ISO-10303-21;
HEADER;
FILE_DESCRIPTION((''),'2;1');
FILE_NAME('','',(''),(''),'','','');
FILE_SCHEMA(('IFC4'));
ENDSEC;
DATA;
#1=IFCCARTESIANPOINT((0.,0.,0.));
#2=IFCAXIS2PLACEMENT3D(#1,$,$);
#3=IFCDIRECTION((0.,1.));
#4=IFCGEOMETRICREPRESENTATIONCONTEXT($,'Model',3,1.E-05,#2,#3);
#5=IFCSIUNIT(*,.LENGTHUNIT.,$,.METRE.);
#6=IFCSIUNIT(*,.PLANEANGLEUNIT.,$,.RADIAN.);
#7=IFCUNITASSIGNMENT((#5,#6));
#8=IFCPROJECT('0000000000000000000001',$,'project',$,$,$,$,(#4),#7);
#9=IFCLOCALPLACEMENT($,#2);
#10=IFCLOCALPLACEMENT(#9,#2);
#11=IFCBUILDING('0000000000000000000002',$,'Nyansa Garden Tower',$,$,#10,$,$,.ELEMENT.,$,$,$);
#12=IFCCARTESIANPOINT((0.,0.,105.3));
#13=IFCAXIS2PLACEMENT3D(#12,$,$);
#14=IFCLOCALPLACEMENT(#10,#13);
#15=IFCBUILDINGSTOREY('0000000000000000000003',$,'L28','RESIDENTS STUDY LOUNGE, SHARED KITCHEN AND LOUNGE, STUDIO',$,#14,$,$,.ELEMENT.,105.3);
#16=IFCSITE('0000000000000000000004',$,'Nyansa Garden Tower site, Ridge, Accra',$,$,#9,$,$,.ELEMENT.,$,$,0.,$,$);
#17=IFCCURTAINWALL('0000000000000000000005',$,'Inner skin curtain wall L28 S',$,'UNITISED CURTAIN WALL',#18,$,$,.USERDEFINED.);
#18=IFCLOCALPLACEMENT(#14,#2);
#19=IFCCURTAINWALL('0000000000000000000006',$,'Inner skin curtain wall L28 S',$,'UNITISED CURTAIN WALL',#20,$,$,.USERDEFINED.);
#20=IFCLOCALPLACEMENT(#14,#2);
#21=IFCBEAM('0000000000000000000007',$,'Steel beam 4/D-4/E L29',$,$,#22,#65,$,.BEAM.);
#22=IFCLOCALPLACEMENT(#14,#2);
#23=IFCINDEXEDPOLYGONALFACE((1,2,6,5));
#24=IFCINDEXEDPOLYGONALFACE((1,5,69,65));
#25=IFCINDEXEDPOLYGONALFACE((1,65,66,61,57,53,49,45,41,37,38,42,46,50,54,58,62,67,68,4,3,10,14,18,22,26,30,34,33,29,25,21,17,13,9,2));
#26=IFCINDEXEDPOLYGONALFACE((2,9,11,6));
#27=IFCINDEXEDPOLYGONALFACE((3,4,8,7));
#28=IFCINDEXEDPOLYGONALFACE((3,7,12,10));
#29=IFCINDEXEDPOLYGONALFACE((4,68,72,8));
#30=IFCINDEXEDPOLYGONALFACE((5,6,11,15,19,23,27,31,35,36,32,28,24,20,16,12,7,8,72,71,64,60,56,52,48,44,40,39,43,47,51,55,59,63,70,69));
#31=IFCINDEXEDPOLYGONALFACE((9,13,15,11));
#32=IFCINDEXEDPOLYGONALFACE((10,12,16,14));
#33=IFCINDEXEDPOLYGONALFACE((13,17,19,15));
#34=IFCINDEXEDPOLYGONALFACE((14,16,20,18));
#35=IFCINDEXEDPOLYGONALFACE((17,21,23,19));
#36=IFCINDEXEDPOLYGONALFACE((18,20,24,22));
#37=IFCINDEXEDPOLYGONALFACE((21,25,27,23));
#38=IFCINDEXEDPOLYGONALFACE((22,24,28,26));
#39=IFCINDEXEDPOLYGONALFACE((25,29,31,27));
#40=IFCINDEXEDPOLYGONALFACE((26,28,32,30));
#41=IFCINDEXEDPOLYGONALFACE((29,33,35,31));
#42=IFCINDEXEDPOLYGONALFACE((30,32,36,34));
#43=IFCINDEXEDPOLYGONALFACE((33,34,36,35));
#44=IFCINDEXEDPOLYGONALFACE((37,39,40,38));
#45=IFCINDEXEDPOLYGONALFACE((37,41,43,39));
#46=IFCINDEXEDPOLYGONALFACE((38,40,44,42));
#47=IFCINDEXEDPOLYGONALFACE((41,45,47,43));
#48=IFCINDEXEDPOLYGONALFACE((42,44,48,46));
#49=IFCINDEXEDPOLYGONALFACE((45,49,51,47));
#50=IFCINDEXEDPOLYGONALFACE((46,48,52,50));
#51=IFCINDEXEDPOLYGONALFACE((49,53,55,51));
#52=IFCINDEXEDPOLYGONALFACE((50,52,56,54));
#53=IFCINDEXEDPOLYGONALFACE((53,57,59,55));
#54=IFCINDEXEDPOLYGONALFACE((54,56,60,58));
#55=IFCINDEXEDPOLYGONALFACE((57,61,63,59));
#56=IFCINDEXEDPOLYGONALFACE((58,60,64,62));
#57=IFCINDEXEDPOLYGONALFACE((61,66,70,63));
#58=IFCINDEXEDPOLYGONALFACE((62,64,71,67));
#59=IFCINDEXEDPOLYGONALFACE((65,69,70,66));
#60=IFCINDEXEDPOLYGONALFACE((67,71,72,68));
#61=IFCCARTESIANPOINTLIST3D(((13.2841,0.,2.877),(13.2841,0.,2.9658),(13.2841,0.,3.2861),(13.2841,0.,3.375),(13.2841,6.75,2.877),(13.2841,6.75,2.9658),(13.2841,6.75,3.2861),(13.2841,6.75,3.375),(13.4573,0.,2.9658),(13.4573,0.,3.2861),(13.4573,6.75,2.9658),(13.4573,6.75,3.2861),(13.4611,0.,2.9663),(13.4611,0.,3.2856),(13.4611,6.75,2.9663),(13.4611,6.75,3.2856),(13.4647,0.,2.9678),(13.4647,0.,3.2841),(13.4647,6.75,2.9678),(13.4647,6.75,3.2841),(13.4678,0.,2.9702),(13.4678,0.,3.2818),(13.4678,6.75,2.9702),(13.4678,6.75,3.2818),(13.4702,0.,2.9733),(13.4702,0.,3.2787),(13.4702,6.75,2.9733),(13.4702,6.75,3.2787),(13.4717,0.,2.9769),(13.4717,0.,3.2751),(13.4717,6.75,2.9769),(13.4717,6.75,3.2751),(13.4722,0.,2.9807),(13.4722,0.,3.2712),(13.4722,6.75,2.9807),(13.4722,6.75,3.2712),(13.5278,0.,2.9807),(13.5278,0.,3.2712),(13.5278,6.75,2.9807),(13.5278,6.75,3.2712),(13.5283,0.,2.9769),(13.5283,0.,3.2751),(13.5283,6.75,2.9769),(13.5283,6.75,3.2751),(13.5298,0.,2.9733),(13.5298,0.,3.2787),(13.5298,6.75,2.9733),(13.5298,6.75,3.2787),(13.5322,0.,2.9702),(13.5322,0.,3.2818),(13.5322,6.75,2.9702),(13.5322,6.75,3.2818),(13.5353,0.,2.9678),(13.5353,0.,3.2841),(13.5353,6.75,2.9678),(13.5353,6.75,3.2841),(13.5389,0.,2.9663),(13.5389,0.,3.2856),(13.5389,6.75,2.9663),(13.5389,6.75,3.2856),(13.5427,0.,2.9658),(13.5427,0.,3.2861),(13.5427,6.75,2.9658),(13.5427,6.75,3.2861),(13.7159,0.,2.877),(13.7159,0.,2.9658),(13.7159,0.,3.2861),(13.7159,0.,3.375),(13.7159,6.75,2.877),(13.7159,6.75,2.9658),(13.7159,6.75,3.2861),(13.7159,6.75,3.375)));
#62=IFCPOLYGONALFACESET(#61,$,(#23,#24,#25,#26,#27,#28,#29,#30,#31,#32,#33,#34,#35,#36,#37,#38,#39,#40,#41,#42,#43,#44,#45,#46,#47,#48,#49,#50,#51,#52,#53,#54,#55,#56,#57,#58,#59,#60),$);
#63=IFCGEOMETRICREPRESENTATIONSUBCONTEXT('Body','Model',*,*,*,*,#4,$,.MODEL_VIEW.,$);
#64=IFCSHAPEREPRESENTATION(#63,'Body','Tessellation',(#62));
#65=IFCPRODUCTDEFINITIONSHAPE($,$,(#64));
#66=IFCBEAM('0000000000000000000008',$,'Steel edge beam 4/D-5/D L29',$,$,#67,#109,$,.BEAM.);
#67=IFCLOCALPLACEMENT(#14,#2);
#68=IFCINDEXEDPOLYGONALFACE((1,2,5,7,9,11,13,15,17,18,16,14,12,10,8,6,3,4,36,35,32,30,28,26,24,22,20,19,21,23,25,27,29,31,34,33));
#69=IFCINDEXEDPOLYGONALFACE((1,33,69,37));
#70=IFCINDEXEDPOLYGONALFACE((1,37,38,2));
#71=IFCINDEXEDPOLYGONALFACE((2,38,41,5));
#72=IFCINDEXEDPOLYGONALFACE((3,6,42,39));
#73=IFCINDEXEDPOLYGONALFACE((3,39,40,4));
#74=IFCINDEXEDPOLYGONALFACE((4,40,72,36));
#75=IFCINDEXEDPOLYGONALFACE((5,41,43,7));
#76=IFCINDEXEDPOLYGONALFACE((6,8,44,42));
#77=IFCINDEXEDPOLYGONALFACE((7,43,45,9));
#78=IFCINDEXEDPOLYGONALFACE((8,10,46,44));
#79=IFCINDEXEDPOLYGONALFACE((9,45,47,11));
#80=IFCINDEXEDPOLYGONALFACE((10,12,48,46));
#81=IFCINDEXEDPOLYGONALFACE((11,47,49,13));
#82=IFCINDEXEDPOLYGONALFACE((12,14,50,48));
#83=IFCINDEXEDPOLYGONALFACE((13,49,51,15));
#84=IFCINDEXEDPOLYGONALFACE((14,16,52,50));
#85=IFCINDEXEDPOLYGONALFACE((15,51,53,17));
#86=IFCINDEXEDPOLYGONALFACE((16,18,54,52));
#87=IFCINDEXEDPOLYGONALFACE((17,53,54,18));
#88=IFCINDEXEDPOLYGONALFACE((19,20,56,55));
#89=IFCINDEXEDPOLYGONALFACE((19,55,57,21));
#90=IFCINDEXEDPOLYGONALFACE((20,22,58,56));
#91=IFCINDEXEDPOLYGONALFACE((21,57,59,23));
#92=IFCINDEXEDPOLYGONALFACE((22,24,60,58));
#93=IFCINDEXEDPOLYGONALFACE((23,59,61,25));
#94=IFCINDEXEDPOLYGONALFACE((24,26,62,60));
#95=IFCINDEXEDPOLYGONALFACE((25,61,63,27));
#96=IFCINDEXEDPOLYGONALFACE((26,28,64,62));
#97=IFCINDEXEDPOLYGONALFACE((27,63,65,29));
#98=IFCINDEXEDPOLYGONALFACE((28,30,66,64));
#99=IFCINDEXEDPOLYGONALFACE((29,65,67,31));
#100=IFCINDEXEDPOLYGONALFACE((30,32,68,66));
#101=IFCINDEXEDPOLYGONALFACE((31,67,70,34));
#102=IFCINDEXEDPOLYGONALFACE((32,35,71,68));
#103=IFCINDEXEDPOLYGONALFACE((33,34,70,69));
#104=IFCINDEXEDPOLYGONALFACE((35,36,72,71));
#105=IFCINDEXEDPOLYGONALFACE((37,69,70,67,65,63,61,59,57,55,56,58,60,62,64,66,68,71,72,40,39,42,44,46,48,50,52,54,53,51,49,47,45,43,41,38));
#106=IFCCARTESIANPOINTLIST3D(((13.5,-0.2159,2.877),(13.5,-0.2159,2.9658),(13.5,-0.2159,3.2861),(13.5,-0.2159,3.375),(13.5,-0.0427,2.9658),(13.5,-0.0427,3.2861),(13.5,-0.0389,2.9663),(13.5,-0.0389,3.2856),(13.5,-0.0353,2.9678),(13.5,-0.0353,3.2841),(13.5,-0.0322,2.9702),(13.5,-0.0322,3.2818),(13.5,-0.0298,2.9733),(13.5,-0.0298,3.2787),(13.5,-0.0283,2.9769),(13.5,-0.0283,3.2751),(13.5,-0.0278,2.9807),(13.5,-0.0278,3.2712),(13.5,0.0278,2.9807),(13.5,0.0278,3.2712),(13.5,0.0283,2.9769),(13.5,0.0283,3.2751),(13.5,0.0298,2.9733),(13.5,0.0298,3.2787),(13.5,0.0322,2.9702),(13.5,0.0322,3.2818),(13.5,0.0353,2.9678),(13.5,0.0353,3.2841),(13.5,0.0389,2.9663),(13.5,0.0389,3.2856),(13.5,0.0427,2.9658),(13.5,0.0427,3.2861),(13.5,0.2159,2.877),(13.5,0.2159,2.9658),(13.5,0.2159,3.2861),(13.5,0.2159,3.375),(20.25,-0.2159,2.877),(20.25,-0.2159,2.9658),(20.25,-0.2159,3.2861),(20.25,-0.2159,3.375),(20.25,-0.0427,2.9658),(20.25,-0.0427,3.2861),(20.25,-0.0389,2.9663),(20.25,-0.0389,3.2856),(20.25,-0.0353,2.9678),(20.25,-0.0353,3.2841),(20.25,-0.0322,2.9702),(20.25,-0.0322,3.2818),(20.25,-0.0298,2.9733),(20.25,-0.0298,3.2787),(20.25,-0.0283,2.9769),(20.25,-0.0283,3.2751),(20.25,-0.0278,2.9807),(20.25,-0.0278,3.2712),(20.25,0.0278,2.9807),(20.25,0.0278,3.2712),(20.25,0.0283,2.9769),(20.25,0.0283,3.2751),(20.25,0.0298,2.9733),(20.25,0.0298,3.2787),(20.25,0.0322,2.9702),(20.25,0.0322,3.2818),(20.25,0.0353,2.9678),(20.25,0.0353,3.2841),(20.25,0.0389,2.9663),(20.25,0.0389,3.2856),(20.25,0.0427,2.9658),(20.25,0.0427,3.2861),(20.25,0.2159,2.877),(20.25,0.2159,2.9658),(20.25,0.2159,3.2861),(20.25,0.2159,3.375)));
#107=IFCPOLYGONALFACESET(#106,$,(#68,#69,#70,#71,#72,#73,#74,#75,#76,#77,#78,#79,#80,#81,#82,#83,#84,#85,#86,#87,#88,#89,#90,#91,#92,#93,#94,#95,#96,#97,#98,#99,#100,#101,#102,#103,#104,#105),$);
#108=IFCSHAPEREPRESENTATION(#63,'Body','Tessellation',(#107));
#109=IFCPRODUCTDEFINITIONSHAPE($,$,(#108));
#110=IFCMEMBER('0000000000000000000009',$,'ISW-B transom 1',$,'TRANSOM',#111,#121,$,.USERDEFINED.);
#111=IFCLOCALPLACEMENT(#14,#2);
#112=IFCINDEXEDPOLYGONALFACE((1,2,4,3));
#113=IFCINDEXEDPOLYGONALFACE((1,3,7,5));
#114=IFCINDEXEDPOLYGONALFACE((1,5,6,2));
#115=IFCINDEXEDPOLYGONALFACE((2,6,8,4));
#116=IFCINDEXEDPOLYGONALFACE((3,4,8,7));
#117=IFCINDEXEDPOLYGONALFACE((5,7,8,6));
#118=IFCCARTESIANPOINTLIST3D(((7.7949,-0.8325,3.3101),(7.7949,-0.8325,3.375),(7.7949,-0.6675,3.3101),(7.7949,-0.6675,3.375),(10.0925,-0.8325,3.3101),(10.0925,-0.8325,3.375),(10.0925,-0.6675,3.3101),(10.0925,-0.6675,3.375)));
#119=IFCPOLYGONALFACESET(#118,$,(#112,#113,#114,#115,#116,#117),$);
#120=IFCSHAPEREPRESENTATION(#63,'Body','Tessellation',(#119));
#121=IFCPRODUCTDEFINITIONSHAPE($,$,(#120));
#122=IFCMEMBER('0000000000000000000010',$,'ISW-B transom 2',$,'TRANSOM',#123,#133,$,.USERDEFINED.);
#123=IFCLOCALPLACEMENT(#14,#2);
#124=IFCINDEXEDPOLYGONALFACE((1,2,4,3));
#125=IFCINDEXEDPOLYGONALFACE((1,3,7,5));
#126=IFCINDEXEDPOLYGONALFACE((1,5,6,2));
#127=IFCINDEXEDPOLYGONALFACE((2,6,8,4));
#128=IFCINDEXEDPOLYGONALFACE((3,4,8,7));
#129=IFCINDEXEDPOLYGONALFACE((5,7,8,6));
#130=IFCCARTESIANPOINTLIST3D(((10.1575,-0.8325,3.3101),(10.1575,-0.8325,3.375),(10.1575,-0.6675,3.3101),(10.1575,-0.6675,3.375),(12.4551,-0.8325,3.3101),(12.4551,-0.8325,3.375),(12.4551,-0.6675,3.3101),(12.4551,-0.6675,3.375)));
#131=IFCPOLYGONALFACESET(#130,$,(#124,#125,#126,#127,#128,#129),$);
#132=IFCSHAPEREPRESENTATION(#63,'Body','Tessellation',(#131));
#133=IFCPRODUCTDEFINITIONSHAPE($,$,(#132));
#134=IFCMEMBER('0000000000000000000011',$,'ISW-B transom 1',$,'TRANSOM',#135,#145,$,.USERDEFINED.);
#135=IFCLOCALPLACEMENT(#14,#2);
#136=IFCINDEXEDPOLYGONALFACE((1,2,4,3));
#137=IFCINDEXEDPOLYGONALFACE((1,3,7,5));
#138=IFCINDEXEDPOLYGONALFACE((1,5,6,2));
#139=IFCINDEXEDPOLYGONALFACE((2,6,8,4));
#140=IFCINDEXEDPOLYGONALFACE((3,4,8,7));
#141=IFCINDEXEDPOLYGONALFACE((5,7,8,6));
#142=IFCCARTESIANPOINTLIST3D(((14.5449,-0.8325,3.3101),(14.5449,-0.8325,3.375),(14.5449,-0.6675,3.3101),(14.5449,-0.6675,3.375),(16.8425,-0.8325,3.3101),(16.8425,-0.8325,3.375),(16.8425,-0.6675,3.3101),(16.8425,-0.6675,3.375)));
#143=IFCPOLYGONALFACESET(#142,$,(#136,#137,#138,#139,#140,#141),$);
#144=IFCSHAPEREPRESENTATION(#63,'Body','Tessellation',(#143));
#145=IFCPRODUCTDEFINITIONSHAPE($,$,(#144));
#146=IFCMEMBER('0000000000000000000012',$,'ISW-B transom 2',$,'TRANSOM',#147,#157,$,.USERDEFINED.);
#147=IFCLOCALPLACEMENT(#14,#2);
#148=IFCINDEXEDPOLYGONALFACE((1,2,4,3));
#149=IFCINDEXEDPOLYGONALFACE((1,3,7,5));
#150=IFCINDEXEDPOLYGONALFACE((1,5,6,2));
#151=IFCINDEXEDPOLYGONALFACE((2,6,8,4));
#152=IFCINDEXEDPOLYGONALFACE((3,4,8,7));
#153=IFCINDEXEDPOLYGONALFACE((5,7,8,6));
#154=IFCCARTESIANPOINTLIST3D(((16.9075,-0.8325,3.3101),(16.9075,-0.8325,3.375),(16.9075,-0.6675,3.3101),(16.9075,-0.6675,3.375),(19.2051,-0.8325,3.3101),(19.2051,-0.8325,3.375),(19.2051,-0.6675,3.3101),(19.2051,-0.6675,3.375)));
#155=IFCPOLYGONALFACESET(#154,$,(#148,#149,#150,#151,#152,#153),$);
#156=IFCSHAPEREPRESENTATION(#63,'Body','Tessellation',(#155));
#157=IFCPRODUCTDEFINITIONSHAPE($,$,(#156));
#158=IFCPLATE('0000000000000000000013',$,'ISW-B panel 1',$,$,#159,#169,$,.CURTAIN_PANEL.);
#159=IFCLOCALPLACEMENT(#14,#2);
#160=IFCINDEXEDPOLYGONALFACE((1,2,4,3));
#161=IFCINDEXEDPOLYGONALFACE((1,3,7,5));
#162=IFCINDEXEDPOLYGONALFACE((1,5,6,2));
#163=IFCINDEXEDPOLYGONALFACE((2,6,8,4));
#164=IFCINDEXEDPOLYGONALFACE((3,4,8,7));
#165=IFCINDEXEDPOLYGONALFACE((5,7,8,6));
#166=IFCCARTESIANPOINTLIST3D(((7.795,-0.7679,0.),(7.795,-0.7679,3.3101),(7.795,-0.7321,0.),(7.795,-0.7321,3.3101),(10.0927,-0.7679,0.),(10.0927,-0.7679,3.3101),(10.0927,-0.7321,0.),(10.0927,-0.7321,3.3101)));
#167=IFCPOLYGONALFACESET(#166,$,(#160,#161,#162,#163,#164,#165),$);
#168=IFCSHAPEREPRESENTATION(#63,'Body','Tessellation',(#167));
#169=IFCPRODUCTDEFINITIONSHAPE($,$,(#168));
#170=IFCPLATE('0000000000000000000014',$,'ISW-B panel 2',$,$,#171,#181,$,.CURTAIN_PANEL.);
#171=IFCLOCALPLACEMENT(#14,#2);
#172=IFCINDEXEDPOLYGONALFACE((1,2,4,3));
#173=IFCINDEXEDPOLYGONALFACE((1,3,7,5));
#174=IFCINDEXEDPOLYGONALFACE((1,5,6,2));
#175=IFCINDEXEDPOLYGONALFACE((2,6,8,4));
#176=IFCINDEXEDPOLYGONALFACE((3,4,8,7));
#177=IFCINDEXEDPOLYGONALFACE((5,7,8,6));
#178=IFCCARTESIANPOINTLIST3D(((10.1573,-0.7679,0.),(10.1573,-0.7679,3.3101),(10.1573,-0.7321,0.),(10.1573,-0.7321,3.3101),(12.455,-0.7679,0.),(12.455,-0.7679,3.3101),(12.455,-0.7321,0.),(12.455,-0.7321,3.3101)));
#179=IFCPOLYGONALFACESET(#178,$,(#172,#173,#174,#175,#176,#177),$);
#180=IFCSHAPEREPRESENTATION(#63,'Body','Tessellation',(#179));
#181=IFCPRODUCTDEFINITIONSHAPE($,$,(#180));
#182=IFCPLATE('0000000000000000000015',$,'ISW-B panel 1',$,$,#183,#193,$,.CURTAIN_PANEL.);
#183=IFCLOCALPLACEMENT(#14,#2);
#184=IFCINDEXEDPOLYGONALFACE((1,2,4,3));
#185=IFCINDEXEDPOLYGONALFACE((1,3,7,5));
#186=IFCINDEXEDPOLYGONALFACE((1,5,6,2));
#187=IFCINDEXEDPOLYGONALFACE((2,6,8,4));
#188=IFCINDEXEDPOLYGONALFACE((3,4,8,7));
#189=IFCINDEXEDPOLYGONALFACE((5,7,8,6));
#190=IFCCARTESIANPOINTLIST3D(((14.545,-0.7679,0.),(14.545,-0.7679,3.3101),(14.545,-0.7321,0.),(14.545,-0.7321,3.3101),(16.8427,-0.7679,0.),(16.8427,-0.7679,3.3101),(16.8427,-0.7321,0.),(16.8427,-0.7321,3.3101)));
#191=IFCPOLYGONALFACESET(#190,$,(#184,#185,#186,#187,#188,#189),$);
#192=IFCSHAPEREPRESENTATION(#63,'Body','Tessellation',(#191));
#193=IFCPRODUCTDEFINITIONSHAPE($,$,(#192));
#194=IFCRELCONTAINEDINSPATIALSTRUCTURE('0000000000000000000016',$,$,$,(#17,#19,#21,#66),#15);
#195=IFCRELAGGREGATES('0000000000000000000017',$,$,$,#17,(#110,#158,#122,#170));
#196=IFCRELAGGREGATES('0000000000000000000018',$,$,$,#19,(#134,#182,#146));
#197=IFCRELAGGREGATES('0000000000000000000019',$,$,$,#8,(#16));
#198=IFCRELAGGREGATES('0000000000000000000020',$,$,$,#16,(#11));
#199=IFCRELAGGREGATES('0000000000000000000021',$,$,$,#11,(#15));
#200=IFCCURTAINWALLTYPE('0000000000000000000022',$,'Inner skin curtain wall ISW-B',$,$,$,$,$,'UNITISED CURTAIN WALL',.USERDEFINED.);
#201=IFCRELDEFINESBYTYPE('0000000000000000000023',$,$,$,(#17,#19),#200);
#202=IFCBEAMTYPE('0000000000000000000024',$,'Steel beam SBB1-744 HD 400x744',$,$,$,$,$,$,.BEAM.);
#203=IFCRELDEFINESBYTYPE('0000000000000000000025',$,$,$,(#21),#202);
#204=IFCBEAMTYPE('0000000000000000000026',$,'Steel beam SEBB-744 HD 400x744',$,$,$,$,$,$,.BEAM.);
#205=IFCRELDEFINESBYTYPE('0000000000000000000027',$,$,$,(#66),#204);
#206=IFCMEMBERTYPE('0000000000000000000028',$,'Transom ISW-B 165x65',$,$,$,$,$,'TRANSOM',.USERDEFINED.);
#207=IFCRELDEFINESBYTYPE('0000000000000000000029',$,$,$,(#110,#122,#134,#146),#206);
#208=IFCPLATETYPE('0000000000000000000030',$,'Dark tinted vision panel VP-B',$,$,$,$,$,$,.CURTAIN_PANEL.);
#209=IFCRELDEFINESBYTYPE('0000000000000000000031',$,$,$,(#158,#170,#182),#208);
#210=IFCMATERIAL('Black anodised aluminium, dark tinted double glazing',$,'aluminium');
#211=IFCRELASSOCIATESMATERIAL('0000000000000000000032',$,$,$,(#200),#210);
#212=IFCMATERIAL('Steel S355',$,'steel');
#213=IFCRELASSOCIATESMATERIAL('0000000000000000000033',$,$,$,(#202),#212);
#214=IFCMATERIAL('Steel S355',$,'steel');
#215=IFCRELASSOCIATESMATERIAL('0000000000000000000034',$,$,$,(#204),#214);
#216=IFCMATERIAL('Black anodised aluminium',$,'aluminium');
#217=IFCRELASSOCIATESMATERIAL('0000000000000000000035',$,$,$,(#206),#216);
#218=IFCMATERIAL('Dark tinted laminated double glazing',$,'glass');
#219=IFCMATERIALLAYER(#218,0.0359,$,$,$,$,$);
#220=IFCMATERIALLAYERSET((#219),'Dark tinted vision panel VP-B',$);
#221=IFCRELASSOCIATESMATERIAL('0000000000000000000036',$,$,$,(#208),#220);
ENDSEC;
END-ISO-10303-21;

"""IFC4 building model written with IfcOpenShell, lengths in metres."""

from ifc_helpers import new_model, si_unit, direction, frame, origin, origin_2d, place, context, subcontext, project, spatial, rectangle, i_section, extrude, material, layer, layer_set, material_profile, profile_set, type_object, element, aggregate, save


model = new_model("IFC4")

# Units and contexts
model_context = context("Model", 3, precision=1e-05, world=origin(), true_north=direction((0.0, 1.0)))
body_context = subcontext(model_context, "Body", "Model", "MODEL_VIEW")
ifc_project = project(units=[si_unit("LENGTHUNIT", "METRE"), si_unit("PLANEANGLEUNIT", "RADIAN")], contexts=[model_context])

# Site, building, storey
site_placement = place(None, origin())
site = spatial("IfcSite", under=ifc_project, at=site_placement, Name="Nyansa Garden Tower site, Ridge, Accra", CompositionType="ELEMENT", RefElevation=0.0)
building_placement = place(site_placement, origin())
building = spatial("IfcBuilding", under=site, at=building_placement, Name="Nyansa Garden Tower", CompositionType="ELEMENT")
storey_placement = place(building_placement, frame((0.0, 0.0, 105.3)))
storey = spatial("IfcBuildingStorey", under=building, at=storey_placement, Name="L28", Description="RESIDENTS STUDY LOUNGE, SHARED KITCHEN AND LOUNGE, STUDIO", CompositionType="ELEMENT", Elevation=105.3)

# Curtain walls
ifc_material_1 = material(Name="Black anodised aluminium, dark tinted double glazing", Category="aluminium")
curtain_wall_type = type_object("IfcCurtainWallType", Name="Inner skin curtain wall ISW-B", ElementType="UNITISED CURTAIN WALL", PredefinedType="USERDEFINED", material=ifc_material_1)
curtain_wall_1_placement = place(storey_placement, origin())
curtain_wall_1 = element("IfcCurtainWall", 1, at=curtain_wall_1_placement, inside=storey, type_object=curtain_wall_type, Name="Inner skin curtain wall L28 S", ObjectType="UNITISED CURTAIN WALL", PredefinedType="USERDEFINED")
curtain_wall_2_placement = place(storey_placement, origin())
curtain_wall_2 = element("IfcCurtainWall", 2, at=curtain_wall_2_placement, inside=storey, type_object=curtain_wall_type, Name="Inner skin curtain wall L28 S", ObjectType="UNITISED CURTAIN WALL", PredefinedType="USERDEFINED")

# Beams
ifc_material_2 = material(Name="Steel S355", Category="steel")
ifc_material_profile_1 = material_profile(ifc_material_2, i_section(OverallWidth=0.4319, OverallDepth=0.498, WebThickness=0.0557, FlangeThickness=0.0889, FilletRadius=0.0149, at=origin_2d()), Name="HD 400x744")
ifc_profile_set_1 = profile_set([ifc_material_profile_1], Name="Steel S355")
beam_type_1 = type_object("IfcBeamType", Name="Steel beam SBB1-744 HD 400x744", PredefinedType="BEAM", material=ifc_profile_set_1)
beam_1_placement = place(storey_placement, frame((13.5, 0.0, 3.126), z_axis=(0.0, 1.0, 0.0), x_axis=(-1.0, 0.0, 0.0)))
element("IfcBeam", 3, at=beam_1_placement, inside=storey, type_object=beam_type_1, Name="Steel beam 4/D-4/E L29", PredefinedType="BEAM", context=body_context, shape_type="SweptSolid", body=[
    extrude(i_section(OverallWidth=0.4319, OverallDepth=0.498, WebThickness=0.0557, FlangeThickness=0.0889, FilletRadius=0.0149, at=origin_2d()), origin(), (0.0, 0.0, 1.0), 6.75),
])
ifc_material_3 = material(Name="Steel S355", Category="steel")
ifc_material_profile_2 = material_profile(ifc_material_3, i_section(OverallWidth=0.4319, OverallDepth=0.498, WebThickness=0.0557, FlangeThickness=0.0889, FilletRadius=0.0149, at=origin_2d()), Name="HD 400x744")
ifc_profile_set_2 = profile_set([ifc_material_profile_2], Name="Steel S355")
beam_type_2 = type_object("IfcBeamType", Name="Steel beam SEBB-744 HD 400x744", PredefinedType="BEAM", material=ifc_profile_set_2)
beam_2_placement = place(storey_placement, frame((13.5, 0.0, 3.126), z_axis=(1.0, 0.0, 0.0), x_axis=(0.0, 1.0, 0.0)))
element("IfcBeam", 4, at=beam_2_placement, inside=storey, type_object=beam_type_2, Name="Steel edge beam 4/D-5/D L29", PredefinedType="BEAM", context=body_context, shape_type="SweptSolid", body=[
    extrude(i_section(OverallWidth=0.4319, OverallDepth=0.498, WebThickness=0.0557, FlangeThickness=0.0889, FilletRadius=0.0149, at=origin_2d()), origin(), (0.0, 0.0, 1.0), 6.75),
])

# Members
ifc_material_4 = material(Name="Black anodised aluminium", Category="aluminium")
ifc_material_profile_3 = material_profile(ifc_material_4, rectangle(XDim=0.165, YDim=0.0649, at=origin_2d()), Name="Transom 165x65")
ifc_profile_set_3 = profile_set([ifc_material_profile_3], Name="Black anodised aluminium")
member_type_1 = type_object("IfcMemberType", Name="Transom ISW-B 165x65", ElementType="TRANSOM", PredefinedType="USERDEFINED", material=ifc_profile_set_3)
member_1_placement = place(storey_placement, frame((7.7949, -0.75, 3.3425), z_axis=(1.0, 0.0, 0.0), x_axis=(0.0, 1.0, 0.0)))
member_1 = element("IfcMember", 5, at=member_1_placement, type_object=member_type_1, Name="ISW-B transom 1", ObjectType="TRANSOM", PredefinedType="USERDEFINED", context=body_context, shape_type="SweptSolid", body=[
    extrude(rectangle(XDim=0.165, YDim=0.0649, at=origin_2d()), origin(), (0.0, 0.0, 1.0), 2.2976),
])
member_2_placement = place(storey_placement, frame((10.1575, -0.75, 3.3425), z_axis=(1.0, 0.0, 0.0), x_axis=(0.0, 1.0, 0.0)))
member_2 = element("IfcMember", 6, at=member_2_placement, type_object=member_type_1, Name="ISW-B transom 2", ObjectType="TRANSOM", PredefinedType="USERDEFINED", context=body_context, shape_type="SweptSolid", body=[
    extrude(rectangle(XDim=0.165, YDim=0.0649, at=origin_2d()), origin(), (0.0, 0.0, 1.0), 2.2976),
])
member_3_placement = place(storey_placement, frame((14.5449, -0.75, 3.3425), z_axis=(1.0, 0.0, 0.0), x_axis=(0.0, 1.0, 0.0)))
member_3 = element("IfcMember", 7, at=member_3_placement, type_object=member_type_1, Name="ISW-B transom 1", ObjectType="TRANSOM", PredefinedType="USERDEFINED", context=body_context, shape_type="SweptSolid", body=[
    extrude(rectangle(XDim=0.165, YDim=0.0649, at=origin_2d()), origin(), (0.0, 0.0, 1.0), 2.2976),
])
member_4_placement = place(storey_placement, frame((16.9075, -0.75, 3.3425), z_axis=(1.0, 0.0, 0.0), x_axis=(0.0, 1.0, 0.0)))
member_4 = element("IfcMember", 8, at=member_4_placement, type_object=member_type_1, Name="ISW-B transom 2", ObjectType="TRANSOM", PredefinedType="USERDEFINED", context=body_context, shape_type="SweptSolid", body=[
    extrude(rectangle(XDim=0.165, YDim=0.0649, at=origin_2d()), origin(), (0.0, 0.0, 1.0), 2.2976),
])

# Plates
ifc_material_5 = material(Name="Dark tinted laminated double glazing", Category="glass")
ifc_layer_1 = layer(ifc_material_5, 0.0359)
ifc_layer_set_1 = layer_set([ifc_layer_1], Name="Dark tinted vision panel VP-B")
plate_type_1 = type_object("IfcPlateType", Name="Dark tinted vision panel VP-B", PredefinedType="CURTAIN_PANEL", material=ifc_layer_set_1)
plate_1_placement = place(storey_placement, frame((8.9438, -0.75, 0.0), z_axis=(0.0, 0.0, 1.0), x_axis=(1.0, 0.0, 0.0)))
plate_1 = element("IfcPlate", 9, at=plate_1_placement, type_object=plate_type_1, Name="ISW-B panel 1", PredefinedType="CURTAIN_PANEL", context=body_context, shape_type="SweptSolid", body=[
    extrude(rectangle(XDim=2.2976, YDim=0.0359, at=origin_2d()), origin(), (0.0, 0.0, 1.0), 3.3101),
])
plate_2_placement = place(storey_placement, frame((11.3062, -0.75, 0.0), z_axis=(0.0, 0.0, 1.0), x_axis=(1.0, 0.0, 0.0)))
plate_2 = element("IfcPlate", 10, at=plate_2_placement, type_object=plate_type_1, Name="ISW-B panel 2", PredefinedType="CURTAIN_PANEL", context=body_context, shape_type="SweptSolid", body=[
    extrude(rectangle(XDim=2.2976, YDim=0.0359, at=origin_2d()), origin(), (0.0, 0.0, 1.0), 3.3101),
])
aggregate(curtain_wall_1, [member_1, plate_1, member_2, plate_2])
plate_3_placement = place(storey_placement, frame((15.6938, -0.75, 0.0), z_axis=(0.0, 0.0, 1.0), x_axis=(1.0, 0.0, 0.0)))
plate_3 = element("IfcPlate", 11, at=plate_3_placement, type_object=plate_type_1, Name="ISW-B panel 1", PredefinedType="CURTAIN_PANEL", context=body_context, shape_type="SweptSolid", body=[
    extrude(rectangle(XDim=2.2976, YDim=0.0359, at=origin_2d()), origin(), (0.0, 0.0, 1.0), 3.3101),
])
aggregate(curtain_wall_2, [member_3, plate_3, member_4])

save(model, "model.ifc")
